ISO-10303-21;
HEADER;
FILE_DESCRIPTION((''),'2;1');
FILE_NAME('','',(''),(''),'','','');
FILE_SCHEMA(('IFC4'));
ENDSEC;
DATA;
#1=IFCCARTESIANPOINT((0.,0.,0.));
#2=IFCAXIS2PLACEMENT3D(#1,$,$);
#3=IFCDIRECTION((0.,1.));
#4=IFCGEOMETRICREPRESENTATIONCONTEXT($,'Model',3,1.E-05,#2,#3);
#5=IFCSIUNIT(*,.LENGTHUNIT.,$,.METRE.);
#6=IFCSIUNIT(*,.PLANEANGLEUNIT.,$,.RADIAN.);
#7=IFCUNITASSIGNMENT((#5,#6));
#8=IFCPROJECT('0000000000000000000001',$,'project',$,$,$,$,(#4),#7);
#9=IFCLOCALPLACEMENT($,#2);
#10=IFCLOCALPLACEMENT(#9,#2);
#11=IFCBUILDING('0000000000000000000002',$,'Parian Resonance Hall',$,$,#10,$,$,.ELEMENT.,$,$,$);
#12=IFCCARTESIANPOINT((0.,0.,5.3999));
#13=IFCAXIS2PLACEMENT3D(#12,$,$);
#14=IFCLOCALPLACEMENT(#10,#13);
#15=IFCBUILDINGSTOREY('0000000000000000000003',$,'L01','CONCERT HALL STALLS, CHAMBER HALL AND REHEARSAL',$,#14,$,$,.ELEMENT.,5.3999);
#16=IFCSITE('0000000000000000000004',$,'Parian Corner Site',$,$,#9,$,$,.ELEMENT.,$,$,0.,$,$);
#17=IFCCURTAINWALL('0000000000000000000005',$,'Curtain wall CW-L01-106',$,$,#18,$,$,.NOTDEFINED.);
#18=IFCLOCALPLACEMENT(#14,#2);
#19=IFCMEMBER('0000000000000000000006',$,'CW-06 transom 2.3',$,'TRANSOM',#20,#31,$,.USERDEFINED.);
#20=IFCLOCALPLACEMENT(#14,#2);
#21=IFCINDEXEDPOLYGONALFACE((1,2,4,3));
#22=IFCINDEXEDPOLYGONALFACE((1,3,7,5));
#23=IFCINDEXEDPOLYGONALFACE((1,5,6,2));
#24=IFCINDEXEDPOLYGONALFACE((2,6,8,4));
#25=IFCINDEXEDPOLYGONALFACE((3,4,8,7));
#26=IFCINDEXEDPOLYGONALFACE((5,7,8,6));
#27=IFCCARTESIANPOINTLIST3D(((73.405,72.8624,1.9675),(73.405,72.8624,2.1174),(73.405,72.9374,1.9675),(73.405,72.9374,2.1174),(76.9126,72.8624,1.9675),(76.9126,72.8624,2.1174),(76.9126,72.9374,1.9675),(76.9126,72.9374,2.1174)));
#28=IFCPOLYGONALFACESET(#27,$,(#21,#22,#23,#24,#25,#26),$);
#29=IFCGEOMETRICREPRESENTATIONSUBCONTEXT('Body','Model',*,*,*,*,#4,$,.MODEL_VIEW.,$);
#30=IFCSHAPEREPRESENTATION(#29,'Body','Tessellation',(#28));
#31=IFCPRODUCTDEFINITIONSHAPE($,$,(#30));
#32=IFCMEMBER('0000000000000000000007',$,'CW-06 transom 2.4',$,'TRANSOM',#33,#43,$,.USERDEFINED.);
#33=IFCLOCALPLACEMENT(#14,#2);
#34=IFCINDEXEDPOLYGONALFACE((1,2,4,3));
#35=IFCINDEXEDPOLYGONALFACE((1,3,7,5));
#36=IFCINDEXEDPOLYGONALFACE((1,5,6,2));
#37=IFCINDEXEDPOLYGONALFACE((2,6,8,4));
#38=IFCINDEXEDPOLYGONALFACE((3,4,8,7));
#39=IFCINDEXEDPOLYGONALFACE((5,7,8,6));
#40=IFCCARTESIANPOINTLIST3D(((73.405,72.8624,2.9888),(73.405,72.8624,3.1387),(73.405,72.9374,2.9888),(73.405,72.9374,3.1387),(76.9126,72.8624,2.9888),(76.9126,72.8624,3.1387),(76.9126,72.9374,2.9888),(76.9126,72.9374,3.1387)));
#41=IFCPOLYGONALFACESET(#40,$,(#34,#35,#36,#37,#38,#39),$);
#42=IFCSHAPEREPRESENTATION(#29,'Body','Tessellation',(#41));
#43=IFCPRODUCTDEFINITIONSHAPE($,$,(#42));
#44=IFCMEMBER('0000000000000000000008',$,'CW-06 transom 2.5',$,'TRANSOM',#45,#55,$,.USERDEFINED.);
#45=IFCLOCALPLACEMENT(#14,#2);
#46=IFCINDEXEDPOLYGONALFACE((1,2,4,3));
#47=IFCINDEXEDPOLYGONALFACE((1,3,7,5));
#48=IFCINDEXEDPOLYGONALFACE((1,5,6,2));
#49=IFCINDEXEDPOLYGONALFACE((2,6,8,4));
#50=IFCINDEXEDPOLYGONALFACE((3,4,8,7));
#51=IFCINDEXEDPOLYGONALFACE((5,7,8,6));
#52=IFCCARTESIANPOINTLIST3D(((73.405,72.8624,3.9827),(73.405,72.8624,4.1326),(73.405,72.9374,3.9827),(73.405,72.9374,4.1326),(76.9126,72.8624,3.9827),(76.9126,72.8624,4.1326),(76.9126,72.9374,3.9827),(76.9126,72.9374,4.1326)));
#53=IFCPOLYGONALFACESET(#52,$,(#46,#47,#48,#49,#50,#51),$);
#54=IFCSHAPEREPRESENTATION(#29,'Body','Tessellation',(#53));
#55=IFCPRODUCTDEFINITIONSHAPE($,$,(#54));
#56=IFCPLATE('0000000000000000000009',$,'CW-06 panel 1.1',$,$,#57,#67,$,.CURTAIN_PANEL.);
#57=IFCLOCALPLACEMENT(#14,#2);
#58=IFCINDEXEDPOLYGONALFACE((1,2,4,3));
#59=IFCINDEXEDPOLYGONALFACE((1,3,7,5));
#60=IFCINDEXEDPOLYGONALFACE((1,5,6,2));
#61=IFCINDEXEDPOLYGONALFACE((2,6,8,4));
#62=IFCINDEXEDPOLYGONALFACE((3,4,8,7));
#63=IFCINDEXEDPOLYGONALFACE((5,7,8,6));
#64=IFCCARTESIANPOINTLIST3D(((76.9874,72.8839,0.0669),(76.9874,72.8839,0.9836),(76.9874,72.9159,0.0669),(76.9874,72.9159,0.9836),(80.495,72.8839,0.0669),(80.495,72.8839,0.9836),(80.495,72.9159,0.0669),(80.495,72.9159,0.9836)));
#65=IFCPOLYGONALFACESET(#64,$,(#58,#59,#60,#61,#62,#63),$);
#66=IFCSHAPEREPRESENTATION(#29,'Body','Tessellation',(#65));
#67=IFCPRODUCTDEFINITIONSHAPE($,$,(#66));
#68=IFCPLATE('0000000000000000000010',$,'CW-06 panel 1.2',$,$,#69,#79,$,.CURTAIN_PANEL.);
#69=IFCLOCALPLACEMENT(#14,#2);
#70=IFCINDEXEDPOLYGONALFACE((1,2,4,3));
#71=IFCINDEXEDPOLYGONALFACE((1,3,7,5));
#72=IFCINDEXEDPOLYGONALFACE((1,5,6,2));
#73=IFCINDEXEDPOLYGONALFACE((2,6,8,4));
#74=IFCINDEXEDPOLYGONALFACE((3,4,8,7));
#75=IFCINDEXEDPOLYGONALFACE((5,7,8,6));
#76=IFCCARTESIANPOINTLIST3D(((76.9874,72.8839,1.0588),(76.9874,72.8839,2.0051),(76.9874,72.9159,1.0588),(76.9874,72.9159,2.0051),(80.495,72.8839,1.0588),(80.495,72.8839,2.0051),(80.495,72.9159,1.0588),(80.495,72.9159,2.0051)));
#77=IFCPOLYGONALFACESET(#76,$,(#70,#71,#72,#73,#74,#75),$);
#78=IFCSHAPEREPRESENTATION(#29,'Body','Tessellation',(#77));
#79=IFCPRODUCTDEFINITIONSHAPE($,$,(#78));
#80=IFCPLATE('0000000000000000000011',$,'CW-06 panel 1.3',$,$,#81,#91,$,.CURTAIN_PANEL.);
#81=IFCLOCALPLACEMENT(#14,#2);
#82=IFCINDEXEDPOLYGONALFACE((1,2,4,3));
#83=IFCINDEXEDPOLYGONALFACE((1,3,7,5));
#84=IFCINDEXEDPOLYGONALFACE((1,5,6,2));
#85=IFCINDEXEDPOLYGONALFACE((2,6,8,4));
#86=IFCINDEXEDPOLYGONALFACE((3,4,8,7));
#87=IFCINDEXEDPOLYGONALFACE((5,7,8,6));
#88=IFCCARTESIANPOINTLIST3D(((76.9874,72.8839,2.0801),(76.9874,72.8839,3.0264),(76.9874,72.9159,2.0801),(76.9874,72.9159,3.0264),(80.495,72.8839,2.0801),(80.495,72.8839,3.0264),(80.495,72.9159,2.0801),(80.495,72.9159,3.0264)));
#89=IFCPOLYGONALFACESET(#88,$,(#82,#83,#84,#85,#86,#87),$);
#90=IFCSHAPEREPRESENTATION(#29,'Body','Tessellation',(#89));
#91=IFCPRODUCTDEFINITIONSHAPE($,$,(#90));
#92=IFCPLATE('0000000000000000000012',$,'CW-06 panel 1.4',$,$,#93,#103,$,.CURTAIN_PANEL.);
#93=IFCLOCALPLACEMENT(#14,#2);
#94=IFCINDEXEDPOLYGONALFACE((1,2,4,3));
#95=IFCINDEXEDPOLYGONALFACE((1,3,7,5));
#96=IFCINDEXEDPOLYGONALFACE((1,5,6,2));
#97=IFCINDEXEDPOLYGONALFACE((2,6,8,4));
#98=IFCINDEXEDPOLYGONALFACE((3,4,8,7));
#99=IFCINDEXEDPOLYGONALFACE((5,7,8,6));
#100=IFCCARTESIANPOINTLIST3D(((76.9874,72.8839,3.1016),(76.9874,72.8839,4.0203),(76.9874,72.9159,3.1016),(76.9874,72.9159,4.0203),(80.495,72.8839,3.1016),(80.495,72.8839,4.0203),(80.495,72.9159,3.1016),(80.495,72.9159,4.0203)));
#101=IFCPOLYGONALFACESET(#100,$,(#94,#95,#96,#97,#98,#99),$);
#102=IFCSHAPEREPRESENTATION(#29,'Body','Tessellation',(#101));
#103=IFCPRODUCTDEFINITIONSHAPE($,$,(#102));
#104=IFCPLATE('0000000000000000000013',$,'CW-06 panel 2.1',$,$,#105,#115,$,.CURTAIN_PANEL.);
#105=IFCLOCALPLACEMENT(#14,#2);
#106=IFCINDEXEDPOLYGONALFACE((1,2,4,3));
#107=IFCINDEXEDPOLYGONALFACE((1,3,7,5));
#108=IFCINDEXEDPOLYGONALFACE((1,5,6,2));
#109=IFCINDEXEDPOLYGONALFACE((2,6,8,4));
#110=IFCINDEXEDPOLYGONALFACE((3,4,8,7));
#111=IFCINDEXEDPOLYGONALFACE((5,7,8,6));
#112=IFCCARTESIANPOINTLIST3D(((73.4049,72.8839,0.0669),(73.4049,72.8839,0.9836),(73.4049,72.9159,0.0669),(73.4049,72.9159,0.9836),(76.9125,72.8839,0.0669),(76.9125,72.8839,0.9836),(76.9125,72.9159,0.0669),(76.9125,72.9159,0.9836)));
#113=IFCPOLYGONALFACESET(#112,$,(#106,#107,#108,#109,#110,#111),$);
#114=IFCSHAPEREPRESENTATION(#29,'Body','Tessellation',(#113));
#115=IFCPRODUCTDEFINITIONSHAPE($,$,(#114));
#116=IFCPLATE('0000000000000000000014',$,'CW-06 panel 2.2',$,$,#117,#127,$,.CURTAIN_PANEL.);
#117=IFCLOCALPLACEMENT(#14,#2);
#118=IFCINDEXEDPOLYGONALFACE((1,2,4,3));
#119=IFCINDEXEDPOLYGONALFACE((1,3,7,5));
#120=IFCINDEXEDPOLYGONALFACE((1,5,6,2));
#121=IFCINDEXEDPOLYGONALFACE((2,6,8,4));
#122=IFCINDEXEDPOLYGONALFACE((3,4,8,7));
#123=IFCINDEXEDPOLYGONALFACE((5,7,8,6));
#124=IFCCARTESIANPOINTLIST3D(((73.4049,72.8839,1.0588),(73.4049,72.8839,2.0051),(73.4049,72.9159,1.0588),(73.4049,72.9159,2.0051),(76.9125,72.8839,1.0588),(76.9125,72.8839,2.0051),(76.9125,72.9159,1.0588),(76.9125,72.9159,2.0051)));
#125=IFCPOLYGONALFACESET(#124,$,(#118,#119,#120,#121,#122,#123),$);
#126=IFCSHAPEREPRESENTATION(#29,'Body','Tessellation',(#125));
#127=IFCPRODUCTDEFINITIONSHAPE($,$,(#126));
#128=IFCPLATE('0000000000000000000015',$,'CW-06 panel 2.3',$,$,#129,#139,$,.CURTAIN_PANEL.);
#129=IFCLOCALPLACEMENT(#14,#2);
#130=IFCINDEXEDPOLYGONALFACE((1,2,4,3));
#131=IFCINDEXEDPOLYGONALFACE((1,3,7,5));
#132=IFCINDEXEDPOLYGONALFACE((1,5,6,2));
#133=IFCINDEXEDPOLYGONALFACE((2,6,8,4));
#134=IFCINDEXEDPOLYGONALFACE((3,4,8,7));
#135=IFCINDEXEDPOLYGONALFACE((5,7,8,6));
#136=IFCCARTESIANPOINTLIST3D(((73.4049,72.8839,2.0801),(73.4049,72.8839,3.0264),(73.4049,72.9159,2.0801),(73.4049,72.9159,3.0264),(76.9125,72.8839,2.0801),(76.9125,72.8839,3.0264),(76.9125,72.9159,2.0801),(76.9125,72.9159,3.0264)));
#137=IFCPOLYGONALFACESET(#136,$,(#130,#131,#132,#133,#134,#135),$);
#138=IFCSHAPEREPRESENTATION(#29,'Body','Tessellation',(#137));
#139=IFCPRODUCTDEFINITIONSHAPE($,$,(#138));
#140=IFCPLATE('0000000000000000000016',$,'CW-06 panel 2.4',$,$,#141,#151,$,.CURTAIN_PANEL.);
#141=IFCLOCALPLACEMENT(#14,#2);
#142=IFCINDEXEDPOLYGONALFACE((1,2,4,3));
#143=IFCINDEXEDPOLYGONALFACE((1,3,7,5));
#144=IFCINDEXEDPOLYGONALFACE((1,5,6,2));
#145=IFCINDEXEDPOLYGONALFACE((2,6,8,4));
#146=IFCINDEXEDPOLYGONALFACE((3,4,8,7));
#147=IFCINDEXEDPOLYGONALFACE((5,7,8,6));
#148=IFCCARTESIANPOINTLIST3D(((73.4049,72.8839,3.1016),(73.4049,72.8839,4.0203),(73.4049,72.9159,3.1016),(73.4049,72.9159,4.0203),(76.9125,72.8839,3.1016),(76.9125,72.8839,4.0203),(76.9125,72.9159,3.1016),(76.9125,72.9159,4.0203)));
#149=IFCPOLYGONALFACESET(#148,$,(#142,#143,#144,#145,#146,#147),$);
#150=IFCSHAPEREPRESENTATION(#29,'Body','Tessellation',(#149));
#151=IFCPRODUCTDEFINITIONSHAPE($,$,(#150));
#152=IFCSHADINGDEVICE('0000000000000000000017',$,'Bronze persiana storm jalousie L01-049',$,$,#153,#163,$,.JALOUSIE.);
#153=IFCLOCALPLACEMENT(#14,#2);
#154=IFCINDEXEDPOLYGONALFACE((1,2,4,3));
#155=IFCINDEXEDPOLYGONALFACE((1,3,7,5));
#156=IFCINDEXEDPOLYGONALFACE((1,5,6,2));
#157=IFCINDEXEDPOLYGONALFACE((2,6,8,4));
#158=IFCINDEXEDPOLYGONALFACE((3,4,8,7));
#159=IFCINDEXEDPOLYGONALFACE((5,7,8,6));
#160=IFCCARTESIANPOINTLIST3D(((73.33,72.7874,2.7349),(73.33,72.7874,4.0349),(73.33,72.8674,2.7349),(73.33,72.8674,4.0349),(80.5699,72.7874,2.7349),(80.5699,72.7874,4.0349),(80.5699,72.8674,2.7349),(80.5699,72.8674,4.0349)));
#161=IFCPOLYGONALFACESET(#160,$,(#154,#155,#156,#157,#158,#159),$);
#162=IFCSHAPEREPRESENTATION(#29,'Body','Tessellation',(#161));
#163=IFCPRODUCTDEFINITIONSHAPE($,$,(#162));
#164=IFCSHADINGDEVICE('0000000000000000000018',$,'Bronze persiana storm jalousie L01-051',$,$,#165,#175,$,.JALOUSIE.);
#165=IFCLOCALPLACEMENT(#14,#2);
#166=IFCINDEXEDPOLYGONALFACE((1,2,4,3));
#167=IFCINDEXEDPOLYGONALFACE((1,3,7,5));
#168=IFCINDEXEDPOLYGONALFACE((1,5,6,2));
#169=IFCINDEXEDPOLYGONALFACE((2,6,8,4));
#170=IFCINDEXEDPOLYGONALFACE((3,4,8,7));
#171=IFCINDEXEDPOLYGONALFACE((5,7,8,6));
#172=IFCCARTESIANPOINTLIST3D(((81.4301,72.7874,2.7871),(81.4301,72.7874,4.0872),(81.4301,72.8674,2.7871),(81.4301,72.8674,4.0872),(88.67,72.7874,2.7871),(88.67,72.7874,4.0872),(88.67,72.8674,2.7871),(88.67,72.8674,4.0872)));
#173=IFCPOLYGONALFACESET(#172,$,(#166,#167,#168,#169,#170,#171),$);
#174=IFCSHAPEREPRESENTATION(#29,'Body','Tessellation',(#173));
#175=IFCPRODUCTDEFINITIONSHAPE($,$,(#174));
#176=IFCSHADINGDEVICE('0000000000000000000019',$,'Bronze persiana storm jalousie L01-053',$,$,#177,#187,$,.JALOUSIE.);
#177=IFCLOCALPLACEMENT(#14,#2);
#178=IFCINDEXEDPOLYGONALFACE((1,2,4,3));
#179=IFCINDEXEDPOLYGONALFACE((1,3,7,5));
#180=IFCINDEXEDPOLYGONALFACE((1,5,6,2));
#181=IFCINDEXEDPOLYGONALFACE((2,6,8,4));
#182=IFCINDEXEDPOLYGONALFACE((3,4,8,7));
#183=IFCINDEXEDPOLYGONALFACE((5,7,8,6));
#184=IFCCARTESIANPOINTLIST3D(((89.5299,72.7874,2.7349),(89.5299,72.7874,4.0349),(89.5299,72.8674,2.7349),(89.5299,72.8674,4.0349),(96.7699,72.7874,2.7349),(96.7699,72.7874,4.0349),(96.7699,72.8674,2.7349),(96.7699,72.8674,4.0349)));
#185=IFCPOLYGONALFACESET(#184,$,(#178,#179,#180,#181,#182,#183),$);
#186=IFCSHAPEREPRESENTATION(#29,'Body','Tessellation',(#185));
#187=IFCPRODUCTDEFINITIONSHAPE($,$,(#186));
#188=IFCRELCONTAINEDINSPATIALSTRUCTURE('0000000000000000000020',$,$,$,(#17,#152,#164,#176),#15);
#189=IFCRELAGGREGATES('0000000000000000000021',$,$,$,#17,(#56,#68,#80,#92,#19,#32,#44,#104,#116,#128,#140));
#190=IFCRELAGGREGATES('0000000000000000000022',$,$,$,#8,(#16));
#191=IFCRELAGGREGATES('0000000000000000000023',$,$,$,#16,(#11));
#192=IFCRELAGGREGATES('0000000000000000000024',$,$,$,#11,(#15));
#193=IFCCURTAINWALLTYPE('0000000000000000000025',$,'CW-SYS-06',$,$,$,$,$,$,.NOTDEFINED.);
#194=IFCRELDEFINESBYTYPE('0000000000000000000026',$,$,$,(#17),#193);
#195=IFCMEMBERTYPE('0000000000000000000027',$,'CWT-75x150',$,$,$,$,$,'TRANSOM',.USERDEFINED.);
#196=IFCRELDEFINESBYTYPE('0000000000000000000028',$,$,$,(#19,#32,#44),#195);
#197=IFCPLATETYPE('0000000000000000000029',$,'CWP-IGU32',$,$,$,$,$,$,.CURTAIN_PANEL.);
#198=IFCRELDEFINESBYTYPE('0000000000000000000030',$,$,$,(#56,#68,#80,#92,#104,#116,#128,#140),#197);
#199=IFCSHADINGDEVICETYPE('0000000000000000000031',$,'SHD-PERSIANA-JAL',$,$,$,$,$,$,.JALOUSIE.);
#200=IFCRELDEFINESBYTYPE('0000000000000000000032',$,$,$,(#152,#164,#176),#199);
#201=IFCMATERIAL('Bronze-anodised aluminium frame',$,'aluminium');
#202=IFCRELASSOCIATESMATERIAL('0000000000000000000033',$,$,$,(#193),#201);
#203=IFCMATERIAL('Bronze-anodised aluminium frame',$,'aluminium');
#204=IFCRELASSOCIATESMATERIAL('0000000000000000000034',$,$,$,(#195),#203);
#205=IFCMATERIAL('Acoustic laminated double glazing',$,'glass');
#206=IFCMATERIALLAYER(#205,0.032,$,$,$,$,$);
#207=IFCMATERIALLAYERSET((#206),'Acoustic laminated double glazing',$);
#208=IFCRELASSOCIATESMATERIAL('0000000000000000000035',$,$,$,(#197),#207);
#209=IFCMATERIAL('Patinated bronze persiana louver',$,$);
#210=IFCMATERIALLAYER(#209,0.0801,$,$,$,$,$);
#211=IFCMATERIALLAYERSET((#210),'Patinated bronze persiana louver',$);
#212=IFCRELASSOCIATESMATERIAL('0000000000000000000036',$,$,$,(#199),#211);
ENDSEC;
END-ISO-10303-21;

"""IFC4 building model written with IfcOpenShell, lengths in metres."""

from ifc_helpers import new_model, si_unit, direction, frame, origin, origin_2d, place, context, subcontext, project, spatial, rectangle, extrude, material, layer, layer_set, material_profile, profile_set, type_object, element, aggregate, save


model = new_model("IFC4")

# Units and contexts
model_context = context("Model", 3, precision=1e-05, world=origin(), true_north=direction((0.0, 1.0)))
body_context = subcontext(model_context, "Body", "Model", "MODEL_VIEW")
ifc_project = project(units=[si_unit("LENGTHUNIT", "METRE"), si_unit("PLANEANGLEUNIT", "RADIAN")], contexts=[model_context])

# Site, building, storey
site_placement = place(None, origin())
site = spatial("IfcSite", under=ifc_project, at=site_placement, Name="Parian Corner Site", CompositionType="ELEMENT", RefElevation=0.0)
building_placement = place(site_placement, origin())
building = spatial("IfcBuilding", under=site, at=building_placement, Name="Parian Resonance Hall", CompositionType="ELEMENT")
storey_placement = place(building_placement, frame((0.0, 0.0, 5.3999)))
storey = spatial("IfcBuildingStorey", under=building, at=storey_placement, Name="L01", Description="CONCERT HALL STALLS, CHAMBER HALL AND REHEARSAL", CompositionType="ELEMENT", Elevation=5.3999)

# Curtain wall, members, plates
ifc_material_1 = material(Name="Bronze-anodised aluminium frame", Category="aluminium")
curtain_wall_type = type_object("IfcCurtainWallType", Name="CW-SYS-06", PredefinedType="NOTDEFINED", material=ifc_material_1)
curtain_wall_placement = place(storey_placement, origin())
curtain_wall = element("IfcCurtainWall", 1, at=curtain_wall_placement, inside=storey, type_object=curtain_wall_type, Name="Curtain wall CW-L01-106", PredefinedType="NOTDEFINED")
ifc_material_2 = material(Name="Bronze-anodised aluminium frame", Category="aluminium")
ifc_material_profile_1 = material_profile(ifc_material_2, rectangle(XDim=0.075, YDim=0.1499, at=origin_2d()), Name="CWT-75x150")
ifc_profile_set_1 = profile_set([ifc_material_profile_1], Name="Bronze-anodised aluminium frame")
member_type_1 = type_object("IfcMemberType", Name="CWT-75x150", ElementType="TRANSOM", PredefinedType="USERDEFINED", material=ifc_profile_set_1)
member_1_placement = place(storey_placement, frame((76.9126, 72.8999, 2.0425), z_axis=(-1.0, 0.0, 0.0), x_axis=(0.0, -1.0, 0.0)))
member_1 = element("IfcMember", 2, at=member_1_placement, type_object=member_type_1, Name="CW-06 transom 2.3", ObjectType="TRANSOM", PredefinedType="USERDEFINED", context=body_context, shape_type="SweptSolid", body=[
    extrude(rectangle(XDim=0.075, YDim=0.1499, at=origin_2d()), origin(), (0.0, 0.0, 1.0), 3.5076),
])
member_2_placement = place(storey_placement, frame((76.9126, 72.8999, 3.0637), z_axis=(-1.0, 0.0, 0.0), x_axis=(0.0, -1.0, 0.0)))
member_2 = element("IfcMember", 3, at=member_2_placement, type_object=member_type_1, Name="CW-06 transom 2.4", ObjectType="TRANSOM", PredefinedType="USERDEFINED", context=body_context, shape_type="SweptSolid", body=[
    extrude(rectangle(XDim=0.075, YDim=0.1499, at=origin_2d()), origin(), (0.0, 0.0, 1.0), 3.5076),
])
member_3_placement = place(storey_placement, frame((76.9126, 72.8999, 4.0576), z_axis=(-1.0, 0.0, 0.0), x_axis=(0.0, -1.0, 0.0)))
member_3 = element("IfcMember", 4, at=member_3_placement, type_object=member_type_1, Name="CW-06 transom 2.5", ObjectType="TRANSOM", PredefinedType="USERDEFINED", context=body_context, shape_type="SweptSolid", body=[
    extrude(rectangle(XDim=0.075, YDim=0.1499, at=origin_2d()), origin(), (0.0, 0.0, 1.0), 3.5076),
])
ifc_material_3 = material(Name="Acoustic laminated double glazing", Category="glass")
ifc_layer_1 = layer(ifc_material_3, 0.032)
ifc_layer_set_1 = layer_set([ifc_layer_1], Name="Acoustic laminated double glazing")
plate_type = type_object("IfcPlateType", Name="CWP-IGU32", PredefinedType="CURTAIN_PANEL", material=ifc_layer_set_1)
plate_1_placement = place(storey_placement, frame((78.7412, 72.8999, 0.0669), z_axis=(0.0, 0.0, 1.0), x_axis=(-1.0, 0.0, 0.0)))
plate_1 = element("IfcPlate", 5, at=plate_1_placement, type_object=plate_type, Name="CW-06 panel 1.1", PredefinedType="CURTAIN_PANEL", context=body_context, shape_type="SweptSolid", body=[
    extrude(rectangle(XDim=3.5076, YDim=0.032, at=origin_2d()), origin(), (0.0, 0.0, 1.0), 0.9167),
])
plate_2_placement = place(storey_placement, frame((78.7412, 72.8999, 1.0588), z_axis=(0.0, 0.0, 1.0), x_axis=(-1.0, 0.0, 0.0)))
plate_2 = element("IfcPlate", 6, at=plate_2_placement, type_object=plate_type, Name="CW-06 panel 1.2", PredefinedType="CURTAIN_PANEL", context=body_context, shape_type="SweptSolid", body=[
    extrude(rectangle(XDim=3.5076, YDim=0.032, at=origin_2d()), origin(), (0.0, 0.0, 1.0), 0.9463),
])
plate_3_placement = place(storey_placement, frame((78.7412, 72.8999, 2.0801), z_axis=(0.0, 0.0, 1.0), x_axis=(-1.0, 0.0, 0.0)))
plate_3 = element("IfcPlate", 7, at=plate_3_placement, type_object=plate_type, Name="CW-06 panel 1.3", PredefinedType="CURTAIN_PANEL", context=body_context, shape_type="SweptSolid", body=[
    extrude(rectangle(XDim=3.5076, YDim=0.032, at=origin_2d()), origin(), (0.0, 0.0, 1.0), 0.9463),
])
plate_4_placement = place(storey_placement, frame((78.7412, 72.8999, 3.1016), z_axis=(0.0, 0.0, 1.0), x_axis=(-1.0, 0.0, 0.0)))
plate_4 = element("IfcPlate", 8, at=plate_4_placement, type_object=plate_type, Name="CW-06 panel 1.4", PredefinedType="CURTAIN_PANEL", context=body_context, shape_type="SweptSolid", body=[
    extrude(rectangle(XDim=3.5076, YDim=0.032, at=origin_2d()), origin(), (0.0, 0.0, 1.0), 0.9187),
])
plate_5_placement = place(storey_placement, frame((75.1587, 72.8999, 0.0669), z_axis=(0.0, 0.0, 1.0), x_axis=(-1.0, 0.0, 0.0)))
plate_5 = element("IfcPlate", 9, at=plate_5_placement, type_object=plate_type, Name="CW-06 panel 2.1", PredefinedType="CURTAIN_PANEL", context=body_context, shape_type="SweptSolid", body=[
    extrude(rectangle(XDim=3.5076, YDim=0.032, at=origin_2d()), origin(), (0.0, 0.0, 1.0), 0.9167),
])
plate_6_placement = place(storey_placement, frame((75.1587, 72.8999, 1.0588), z_axis=(0.0, 0.0, 1.0), x_axis=(-1.0, 0.0, 0.0)))
plate_6 = element("IfcPlate", 10, at=plate_6_placement, type_object=plate_type, Name="CW-06 panel 2.2", PredefinedType="CURTAIN_PANEL", context=body_context, shape_type="SweptSolid", body=[
    extrude(rectangle(XDim=3.5076, YDim=0.032, at=origin_2d()), origin(), (0.0, 0.0, 1.0), 0.9463),
])
plate_7_placement = place(storey_placement, frame((75.1587, 72.8999, 2.0801), z_axis=(0.0, 0.0, 1.0), x_axis=(-1.0, 0.0, 0.0)))
plate_7 = element("IfcPlate", 11, at=plate_7_placement, type_object=plate_type, Name="CW-06 panel 2.3", PredefinedType="CURTAIN_PANEL", context=body_context, shape_type="SweptSolid", body=[
    extrude(rectangle(XDim=3.5076, YDim=0.032, at=origin_2d()), origin(), (0.0, 0.0, 1.0), 0.9463),
])
plate_8_placement = place(storey_placement, frame((75.1587, 72.8999, 3.1016), z_axis=(0.0, 0.0, 1.0), x_axis=(-1.0, 0.0, 0.0)))
plate_8 = element("IfcPlate", 12, at=plate_8_placement, type_object=plate_type, Name="CW-06 panel 2.4", PredefinedType="CURTAIN_PANEL", context=body_context, shape_type="SweptSolid", body=[
    extrude(rectangle(XDim=3.5076, YDim=0.032, at=origin_2d()), origin(), (0.0, 0.0, 1.0), 0.9187),
])
aggregate(curtain_wall, [plate_1, plate_2, plate_3, plate_4, member_1, member_2, member_3, plate_5, plate_6, plate_7, plate_8])

# Shading devices
ifc_material_4 = material(Name="Patinated bronze persiana louver")
ifc_layer_2 = layer(ifc_material_4, 0.0801)
ifc_layer_set_2 = layer_set([ifc_layer_2], Name="Patinated bronze persiana louver")
shading_device_type = type_object("IfcShadingDeviceType", Name="SHD-PERSIANA-JAL", PredefinedType="JALOUSIE", material=ifc_layer_set_2)
for number, where, z_axis, x_axis, name in (
    (13, (76.95, 72.8274, 2.7349), (0.0, 0.0, 1.0), (-1.0, 0.0, 0.0), "Bronze persiana storm jalousie L01-049"),
    (14, (85.05, 72.8274, 2.7871), (0.0, 0.0, 1.0), (-1.0, 0.0, 0.0), "Bronze persiana storm jalousie L01-051"),
    (15, (93.1499, 72.8274, 2.7349), (0.0, 0.0, 1.0), (-1.0, 0.0, 0.0), "Bronze persiana storm jalousie L01-053"),
):
    element("IfcShadingDevice", number, at=place(storey_placement, frame(where, z_axis=z_axis, x_axis=x_axis)), inside=storey, type_object=shading_device_type, Name=name, PredefinedType="JALOUSIE", context=body_context, shape_type="SweptSolid", body=[
        extrude(rectangle(XDim=7.24, YDim=0.0801, at=origin_2d()), origin(), (0.0, 0.0, 1.0), 1.3),
    ])

save(model, "model.ifc")
